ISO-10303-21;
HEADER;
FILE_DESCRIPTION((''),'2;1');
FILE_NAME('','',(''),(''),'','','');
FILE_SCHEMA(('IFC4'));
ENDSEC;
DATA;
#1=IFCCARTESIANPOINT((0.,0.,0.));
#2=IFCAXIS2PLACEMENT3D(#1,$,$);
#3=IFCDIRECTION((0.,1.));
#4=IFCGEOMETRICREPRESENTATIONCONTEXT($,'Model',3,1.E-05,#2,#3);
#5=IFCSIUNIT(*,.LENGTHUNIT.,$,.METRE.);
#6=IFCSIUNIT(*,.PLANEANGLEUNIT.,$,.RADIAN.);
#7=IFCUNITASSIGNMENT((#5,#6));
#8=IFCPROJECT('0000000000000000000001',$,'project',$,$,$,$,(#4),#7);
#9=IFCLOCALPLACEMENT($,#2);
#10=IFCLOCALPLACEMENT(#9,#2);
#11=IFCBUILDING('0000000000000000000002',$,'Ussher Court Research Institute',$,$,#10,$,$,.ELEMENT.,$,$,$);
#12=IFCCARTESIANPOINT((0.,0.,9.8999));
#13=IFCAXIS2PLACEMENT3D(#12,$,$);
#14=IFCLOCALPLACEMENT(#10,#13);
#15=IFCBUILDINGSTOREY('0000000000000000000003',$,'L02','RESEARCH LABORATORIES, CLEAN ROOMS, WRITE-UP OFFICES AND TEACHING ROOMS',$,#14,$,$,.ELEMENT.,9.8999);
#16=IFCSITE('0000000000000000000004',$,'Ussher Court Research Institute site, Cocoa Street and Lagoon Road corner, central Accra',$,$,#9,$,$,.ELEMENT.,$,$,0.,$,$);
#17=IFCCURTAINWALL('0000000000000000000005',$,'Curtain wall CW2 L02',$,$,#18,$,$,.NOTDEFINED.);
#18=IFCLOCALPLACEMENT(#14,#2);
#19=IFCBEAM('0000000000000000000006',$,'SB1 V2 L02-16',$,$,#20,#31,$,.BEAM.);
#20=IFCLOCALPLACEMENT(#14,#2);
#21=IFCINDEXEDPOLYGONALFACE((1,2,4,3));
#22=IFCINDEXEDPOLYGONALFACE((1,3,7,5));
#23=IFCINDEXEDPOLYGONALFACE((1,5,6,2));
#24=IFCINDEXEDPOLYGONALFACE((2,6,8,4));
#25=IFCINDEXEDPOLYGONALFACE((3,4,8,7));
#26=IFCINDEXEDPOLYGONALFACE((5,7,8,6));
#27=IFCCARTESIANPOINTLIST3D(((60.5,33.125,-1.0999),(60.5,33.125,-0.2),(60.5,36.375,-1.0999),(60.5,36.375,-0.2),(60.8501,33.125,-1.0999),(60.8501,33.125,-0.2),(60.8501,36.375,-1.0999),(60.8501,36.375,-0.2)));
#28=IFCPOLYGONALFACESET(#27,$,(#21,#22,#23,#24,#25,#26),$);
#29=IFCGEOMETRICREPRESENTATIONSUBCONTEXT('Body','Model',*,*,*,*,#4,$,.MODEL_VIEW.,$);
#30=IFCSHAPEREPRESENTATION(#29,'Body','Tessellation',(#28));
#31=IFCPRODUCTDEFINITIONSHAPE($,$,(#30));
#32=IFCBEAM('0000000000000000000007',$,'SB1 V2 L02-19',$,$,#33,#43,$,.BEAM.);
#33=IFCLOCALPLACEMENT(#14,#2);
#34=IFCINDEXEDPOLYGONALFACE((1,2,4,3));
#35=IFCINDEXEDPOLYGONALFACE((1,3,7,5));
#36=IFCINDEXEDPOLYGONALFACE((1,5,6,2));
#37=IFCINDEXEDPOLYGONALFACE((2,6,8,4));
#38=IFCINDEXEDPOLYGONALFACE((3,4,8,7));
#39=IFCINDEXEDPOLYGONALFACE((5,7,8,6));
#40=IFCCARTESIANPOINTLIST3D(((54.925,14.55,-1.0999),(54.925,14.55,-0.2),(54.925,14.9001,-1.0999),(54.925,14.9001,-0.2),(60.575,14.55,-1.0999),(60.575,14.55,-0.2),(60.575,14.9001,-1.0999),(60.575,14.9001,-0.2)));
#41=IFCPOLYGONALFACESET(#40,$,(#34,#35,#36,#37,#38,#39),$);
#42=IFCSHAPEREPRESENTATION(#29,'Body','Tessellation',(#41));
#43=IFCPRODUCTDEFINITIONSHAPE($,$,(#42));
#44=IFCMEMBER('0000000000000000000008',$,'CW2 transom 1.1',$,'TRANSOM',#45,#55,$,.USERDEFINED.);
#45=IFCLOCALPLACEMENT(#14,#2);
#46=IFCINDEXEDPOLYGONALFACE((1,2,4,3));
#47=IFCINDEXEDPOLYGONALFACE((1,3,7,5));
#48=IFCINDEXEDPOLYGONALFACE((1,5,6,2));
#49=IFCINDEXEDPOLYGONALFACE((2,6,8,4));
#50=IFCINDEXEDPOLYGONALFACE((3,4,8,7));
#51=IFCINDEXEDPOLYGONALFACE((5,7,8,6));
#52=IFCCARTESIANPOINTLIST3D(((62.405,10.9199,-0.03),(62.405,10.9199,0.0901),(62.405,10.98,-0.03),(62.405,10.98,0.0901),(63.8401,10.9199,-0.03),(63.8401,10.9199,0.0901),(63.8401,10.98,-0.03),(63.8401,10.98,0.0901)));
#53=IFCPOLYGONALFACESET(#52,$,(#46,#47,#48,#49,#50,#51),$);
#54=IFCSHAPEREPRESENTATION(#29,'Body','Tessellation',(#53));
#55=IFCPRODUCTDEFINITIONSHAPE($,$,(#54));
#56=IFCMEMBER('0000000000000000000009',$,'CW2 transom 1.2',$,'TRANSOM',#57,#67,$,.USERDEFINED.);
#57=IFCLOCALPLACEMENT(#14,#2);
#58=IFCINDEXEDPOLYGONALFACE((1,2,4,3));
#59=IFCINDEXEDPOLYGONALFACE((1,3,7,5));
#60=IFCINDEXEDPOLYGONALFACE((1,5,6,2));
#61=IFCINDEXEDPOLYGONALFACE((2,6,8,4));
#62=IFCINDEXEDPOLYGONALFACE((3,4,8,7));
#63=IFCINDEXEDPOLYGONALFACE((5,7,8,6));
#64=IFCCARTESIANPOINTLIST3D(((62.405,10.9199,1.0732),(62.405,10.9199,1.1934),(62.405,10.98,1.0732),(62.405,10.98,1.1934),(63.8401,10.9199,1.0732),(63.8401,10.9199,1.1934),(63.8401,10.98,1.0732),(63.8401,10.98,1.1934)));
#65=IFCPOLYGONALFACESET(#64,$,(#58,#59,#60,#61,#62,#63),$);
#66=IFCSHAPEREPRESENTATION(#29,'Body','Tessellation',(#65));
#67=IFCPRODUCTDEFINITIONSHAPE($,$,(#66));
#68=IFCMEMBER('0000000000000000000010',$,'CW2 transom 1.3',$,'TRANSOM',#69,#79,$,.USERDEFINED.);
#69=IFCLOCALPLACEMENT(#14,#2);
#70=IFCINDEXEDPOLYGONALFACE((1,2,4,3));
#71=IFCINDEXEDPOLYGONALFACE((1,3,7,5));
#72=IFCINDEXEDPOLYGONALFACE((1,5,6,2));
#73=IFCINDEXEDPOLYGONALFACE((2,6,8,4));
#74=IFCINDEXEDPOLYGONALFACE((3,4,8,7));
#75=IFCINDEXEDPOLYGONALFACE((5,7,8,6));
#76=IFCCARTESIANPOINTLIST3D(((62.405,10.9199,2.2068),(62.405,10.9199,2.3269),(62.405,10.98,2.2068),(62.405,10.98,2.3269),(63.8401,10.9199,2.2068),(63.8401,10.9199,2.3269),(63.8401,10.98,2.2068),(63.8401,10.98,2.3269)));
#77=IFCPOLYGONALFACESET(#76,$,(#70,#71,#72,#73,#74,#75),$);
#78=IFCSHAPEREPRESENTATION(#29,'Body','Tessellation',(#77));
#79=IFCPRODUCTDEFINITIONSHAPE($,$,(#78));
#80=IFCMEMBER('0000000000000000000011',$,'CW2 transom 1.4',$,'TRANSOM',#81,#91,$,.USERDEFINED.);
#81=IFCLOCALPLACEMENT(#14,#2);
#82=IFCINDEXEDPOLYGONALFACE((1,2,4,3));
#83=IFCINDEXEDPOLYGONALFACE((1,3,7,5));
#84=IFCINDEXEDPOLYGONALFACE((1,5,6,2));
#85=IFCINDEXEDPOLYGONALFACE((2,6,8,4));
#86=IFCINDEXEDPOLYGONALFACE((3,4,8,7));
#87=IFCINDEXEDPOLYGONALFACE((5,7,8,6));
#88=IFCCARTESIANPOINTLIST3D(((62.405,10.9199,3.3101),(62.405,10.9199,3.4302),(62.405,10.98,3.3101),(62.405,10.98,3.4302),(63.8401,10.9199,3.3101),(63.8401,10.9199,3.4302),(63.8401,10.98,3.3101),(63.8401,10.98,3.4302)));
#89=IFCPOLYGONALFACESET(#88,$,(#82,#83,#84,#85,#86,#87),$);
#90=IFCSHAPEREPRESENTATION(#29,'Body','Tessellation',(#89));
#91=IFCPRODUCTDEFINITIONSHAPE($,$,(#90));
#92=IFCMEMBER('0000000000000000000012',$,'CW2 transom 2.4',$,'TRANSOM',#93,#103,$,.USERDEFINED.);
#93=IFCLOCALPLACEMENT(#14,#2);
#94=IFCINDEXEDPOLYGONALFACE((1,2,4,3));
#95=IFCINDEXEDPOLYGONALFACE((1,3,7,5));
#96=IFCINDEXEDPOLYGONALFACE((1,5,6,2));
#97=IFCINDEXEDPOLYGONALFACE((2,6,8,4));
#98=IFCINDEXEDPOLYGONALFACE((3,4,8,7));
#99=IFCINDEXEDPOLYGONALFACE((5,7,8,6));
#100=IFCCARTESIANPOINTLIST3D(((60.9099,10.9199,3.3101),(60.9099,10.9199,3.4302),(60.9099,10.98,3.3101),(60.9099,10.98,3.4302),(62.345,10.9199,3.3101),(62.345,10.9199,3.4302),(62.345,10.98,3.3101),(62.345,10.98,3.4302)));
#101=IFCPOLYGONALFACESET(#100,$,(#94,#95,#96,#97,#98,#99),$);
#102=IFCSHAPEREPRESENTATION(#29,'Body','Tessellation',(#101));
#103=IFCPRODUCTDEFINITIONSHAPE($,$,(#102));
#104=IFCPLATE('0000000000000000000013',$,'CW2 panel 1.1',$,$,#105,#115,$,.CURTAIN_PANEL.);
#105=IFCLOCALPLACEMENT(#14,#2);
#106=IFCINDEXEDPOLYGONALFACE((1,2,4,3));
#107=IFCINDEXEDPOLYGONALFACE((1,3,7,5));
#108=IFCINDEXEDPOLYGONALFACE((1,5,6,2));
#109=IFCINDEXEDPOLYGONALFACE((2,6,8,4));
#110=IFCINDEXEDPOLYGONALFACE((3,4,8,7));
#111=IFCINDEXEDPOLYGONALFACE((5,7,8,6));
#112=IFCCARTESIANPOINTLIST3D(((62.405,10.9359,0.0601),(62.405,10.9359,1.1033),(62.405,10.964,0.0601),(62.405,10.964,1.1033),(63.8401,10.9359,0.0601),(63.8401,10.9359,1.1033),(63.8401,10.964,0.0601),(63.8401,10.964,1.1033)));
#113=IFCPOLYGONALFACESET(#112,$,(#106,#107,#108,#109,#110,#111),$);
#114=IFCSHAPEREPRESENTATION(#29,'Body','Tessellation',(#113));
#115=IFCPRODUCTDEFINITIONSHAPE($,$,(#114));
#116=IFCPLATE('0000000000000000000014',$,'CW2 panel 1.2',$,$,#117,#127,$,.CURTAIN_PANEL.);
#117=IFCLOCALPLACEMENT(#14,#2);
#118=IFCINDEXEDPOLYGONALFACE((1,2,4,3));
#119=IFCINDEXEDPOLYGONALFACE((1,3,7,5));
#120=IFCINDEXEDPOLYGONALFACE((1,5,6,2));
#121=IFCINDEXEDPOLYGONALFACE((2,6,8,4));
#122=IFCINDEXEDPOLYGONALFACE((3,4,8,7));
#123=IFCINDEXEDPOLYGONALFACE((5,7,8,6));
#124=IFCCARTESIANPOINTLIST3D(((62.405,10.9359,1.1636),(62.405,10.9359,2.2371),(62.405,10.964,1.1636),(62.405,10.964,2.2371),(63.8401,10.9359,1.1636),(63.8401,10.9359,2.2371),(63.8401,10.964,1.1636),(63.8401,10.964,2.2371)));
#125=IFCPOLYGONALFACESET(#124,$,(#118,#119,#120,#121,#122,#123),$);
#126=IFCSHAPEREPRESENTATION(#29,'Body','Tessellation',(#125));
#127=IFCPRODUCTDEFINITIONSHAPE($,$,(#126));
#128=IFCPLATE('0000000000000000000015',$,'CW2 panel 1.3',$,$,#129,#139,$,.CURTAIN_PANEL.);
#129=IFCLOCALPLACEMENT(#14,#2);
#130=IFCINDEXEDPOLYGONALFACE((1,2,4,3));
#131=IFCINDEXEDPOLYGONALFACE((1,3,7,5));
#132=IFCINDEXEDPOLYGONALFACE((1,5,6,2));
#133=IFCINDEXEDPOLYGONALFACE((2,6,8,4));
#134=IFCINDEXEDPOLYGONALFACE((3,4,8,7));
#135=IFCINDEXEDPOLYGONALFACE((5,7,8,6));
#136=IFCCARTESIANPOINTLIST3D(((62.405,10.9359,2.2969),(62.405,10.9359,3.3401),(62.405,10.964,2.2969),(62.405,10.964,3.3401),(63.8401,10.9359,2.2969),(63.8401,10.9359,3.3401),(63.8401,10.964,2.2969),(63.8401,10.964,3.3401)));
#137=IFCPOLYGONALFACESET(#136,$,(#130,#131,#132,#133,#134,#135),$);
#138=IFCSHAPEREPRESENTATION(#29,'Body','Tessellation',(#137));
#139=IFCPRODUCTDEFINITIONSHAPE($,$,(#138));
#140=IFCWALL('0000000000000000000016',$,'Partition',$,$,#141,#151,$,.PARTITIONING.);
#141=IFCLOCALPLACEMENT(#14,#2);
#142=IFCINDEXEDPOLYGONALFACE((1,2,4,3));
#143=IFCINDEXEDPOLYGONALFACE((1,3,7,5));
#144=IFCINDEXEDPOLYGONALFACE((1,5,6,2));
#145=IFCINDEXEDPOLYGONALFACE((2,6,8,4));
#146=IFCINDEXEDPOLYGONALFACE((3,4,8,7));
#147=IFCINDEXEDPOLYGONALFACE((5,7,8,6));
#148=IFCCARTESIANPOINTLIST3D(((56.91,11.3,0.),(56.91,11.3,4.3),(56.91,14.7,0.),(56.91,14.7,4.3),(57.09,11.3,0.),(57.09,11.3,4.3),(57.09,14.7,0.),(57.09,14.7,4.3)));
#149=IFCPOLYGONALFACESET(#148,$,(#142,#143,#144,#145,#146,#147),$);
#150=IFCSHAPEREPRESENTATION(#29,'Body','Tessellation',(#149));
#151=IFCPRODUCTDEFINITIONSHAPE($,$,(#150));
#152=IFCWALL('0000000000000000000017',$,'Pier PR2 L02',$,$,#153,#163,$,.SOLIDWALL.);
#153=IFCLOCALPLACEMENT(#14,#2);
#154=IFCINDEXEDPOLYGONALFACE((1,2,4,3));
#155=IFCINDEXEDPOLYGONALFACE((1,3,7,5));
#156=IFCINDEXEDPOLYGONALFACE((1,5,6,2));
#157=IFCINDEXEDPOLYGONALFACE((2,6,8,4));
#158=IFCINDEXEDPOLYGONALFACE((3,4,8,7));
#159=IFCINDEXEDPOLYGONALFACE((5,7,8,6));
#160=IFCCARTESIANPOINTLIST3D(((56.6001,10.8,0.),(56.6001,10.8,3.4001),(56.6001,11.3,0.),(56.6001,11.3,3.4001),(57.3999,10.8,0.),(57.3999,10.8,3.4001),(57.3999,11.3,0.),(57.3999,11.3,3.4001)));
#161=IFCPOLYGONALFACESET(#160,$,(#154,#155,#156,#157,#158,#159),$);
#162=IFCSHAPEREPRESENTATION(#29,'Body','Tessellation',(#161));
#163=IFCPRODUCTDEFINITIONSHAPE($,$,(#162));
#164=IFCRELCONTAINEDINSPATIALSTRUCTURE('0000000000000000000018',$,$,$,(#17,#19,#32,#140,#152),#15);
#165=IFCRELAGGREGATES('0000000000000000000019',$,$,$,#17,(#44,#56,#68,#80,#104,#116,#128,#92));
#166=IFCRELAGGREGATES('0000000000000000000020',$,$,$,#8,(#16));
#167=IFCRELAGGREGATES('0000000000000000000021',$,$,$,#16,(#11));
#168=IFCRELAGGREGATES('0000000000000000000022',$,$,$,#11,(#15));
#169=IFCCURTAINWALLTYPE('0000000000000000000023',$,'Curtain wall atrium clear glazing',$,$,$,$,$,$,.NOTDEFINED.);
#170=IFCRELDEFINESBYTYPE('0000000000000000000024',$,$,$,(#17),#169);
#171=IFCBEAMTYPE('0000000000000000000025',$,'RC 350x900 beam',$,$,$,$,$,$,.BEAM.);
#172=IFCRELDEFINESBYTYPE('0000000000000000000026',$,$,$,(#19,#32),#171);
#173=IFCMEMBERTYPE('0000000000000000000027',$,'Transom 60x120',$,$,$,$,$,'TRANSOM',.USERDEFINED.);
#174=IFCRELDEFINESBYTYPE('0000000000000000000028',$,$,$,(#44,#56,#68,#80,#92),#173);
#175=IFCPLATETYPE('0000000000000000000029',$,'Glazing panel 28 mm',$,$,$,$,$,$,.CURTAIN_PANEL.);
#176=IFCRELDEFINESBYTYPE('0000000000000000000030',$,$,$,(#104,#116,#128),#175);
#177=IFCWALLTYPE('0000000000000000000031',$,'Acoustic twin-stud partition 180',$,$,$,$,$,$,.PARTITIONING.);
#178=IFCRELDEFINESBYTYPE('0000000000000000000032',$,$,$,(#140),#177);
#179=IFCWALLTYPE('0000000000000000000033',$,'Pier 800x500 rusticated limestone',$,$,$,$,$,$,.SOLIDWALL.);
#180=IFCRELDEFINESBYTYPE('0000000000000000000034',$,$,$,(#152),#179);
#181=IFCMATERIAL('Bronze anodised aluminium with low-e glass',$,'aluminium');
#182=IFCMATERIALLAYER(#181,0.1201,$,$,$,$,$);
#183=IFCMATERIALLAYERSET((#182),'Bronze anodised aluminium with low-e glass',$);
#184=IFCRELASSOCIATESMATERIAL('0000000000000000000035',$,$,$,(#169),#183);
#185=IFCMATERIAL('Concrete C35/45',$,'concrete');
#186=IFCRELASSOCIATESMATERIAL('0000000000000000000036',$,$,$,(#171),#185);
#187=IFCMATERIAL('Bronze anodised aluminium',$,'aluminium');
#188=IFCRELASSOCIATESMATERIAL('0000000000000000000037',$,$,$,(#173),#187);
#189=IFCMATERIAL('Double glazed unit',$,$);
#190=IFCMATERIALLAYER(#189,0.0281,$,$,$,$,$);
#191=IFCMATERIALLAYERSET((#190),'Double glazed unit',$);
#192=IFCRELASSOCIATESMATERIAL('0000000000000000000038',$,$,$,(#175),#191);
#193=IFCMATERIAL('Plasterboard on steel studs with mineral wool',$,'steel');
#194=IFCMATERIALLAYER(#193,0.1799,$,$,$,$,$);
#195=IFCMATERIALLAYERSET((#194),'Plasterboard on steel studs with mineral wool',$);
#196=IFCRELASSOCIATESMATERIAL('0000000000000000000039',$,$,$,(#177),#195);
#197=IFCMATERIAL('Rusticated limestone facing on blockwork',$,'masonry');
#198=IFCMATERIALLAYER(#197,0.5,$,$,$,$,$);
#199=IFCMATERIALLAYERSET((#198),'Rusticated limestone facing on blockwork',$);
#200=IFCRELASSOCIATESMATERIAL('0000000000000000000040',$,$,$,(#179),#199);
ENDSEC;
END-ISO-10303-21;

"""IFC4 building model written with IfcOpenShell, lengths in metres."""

from ifc_helpers import new_model, si_unit, direction, frame, frame_2d, origin, origin_2d, place, context, subcontext, project, spatial, rectangle, extrude, material, layer, layer_set, material_profile, profile_set, type_object, element, aggregate, save


model = new_model("IFC4")

# Units and contexts
model_context = context("Model", 3, precision=1e-05, world=origin(), true_north=direction((0.0, 1.0)))
body_context = subcontext(model_context, "Body", "Model", "MODEL_VIEW")
ifc_project = project(units=[si_unit("LENGTHUNIT", "METRE"), si_unit("PLANEANGLEUNIT", "RADIAN")], contexts=[model_context])

# Site, building, storey
site_placement = place(None, origin())
site = spatial("IfcSite", under=ifc_project, at=site_placement, Name="Ussher Court Research Institute site, Cocoa Street and Lagoon Road corner, central Accra", CompositionType="ELEMENT", RefElevation=0.0)
building_placement = place(site_placement, origin())
building = spatial("IfcBuilding", under=site, at=building_placement, Name="Ussher Court Research Institute", CompositionType="ELEMENT")
storey_placement = place(building_placement, frame((0.0, 0.0, 9.8999)))
storey = spatial("IfcBuildingStorey", under=building, at=storey_placement, Name="L02", Description="RESEARCH LABORATORIES, CLEAN ROOMS, WRITE-UP OFFICES AND TEACHING ROOMS", CompositionType="ELEMENT", Elevation=9.8999)

# Curtain wall
ifc_material_1 = material(Name="Bronze anodised aluminium with low-e glass", Category="aluminium")
ifc_layer_1 = layer(ifc_material_1, 0.1201)
ifc_layer_set_1 = layer_set([ifc_layer_1], Name="Bronze anodised aluminium with low-e glass")
curtain_wall_type = type_object("IfcCurtainWallType", Name="Curtain wall atrium clear glazing", PredefinedType="NOTDEFINED", material=ifc_layer_set_1)
curtain_wall_placement = place(storey_placement, origin())
curtain_wall = element("IfcCurtainWall", 1, at=curtain_wall_placement, inside=storey, type_object=curtain_wall_type, Name="Curtain wall CW2 L02", PredefinedType="NOTDEFINED")

# Beams
ifc_material_2 = material(Name="Concrete C35/45", Category="concrete")
ifc_material_profile_1 = material_profile(ifc_material_2, rectangle(XDim=0.3501, YDim=0.8999, at=origin_2d()), Name="RC 350x900")
ifc_profile_set_1 = profile_set([ifc_material_profile_1], Name="Concrete C35/45")
beam_type = type_object("IfcBeamType", Name="RC 350x900 beam", PredefinedType="BEAM", material=ifc_profile_set_1)
beam_1_placement = place(storey_placement, frame((60.675, 33.125, -0.6499), z_axis=(0.0, 1.0, 0.0), x_axis=(-1.0, 0.0, 0.0)))
element("IfcBeam", 2, at=beam_1_placement, inside=storey, type_object=beam_type, Name="SB1 V2 L02-16", PredefinedType="BEAM", context=body_context, shape_type="SweptSolid", body=[
    extrude(rectangle(XDim=0.3501, YDim=0.8999, at=origin_2d()), origin(), (0.0, 0.0, 1.0), 3.25),
])
beam_2_placement = place(storey_placement, frame((54.925, 14.7251, -0.6499), z_axis=(1.0, 0.0, 0.0), x_axis=(0.0, 1.0, 0.0)))
element("IfcBeam", 3, at=beam_2_placement, inside=storey, type_object=beam_type, Name="SB1 V2 L02-19", PredefinedType="BEAM", context=body_context, shape_type="SweptSolid", body=[
    extrude(rectangle(XDim=0.3501, YDim=0.8999, at=origin_2d()), origin(), (0.0, 0.0, 1.0), 5.6499),
])

# Members
ifc_material_3 = material(Name="Bronze anodised aluminium", Category="aluminium")
ifc_material_profile_2 = material_profile(ifc_material_3, rectangle(XDim=0.0601, YDim=0.1201, at=origin_2d()), Name="Transom 60x120")
ifc_profile_set_2 = profile_set([ifc_material_profile_2], Name="Bronze anodised aluminium")
member_type_1 = type_object("IfcMemberType", Name="Transom 60x120", ElementType="TRANSOM", PredefinedType="USERDEFINED", material=ifc_profile_set_2)
member_1_placement = place(storey_placement, frame((63.8401, 10.95, 0.03), z_axis=(-1.0, 0.0, 0.0), x_axis=(0.0, -1.0, 0.0)))
member_1 = element("IfcMember", 4, at=member_1_placement, type_object=member_type_1, Name="CW2 transom 1.1", ObjectType="TRANSOM", PredefinedType="USERDEFINED", context=body_context, shape_type="SweptSolid", body=[
    extrude(rectangle(XDim=0.0601, YDim=0.1201, at=origin_2d()), origin(), (0.0, 0.0, 1.0), 1.4351),
])
member_2_placement = place(storey_placement, frame((63.8401, 10.95, 1.1333), z_axis=(-1.0, 0.0, 0.0), x_axis=(0.0, -1.0, 0.0)))
member_2 = element("IfcMember", 5, at=member_2_placement, type_object=member_type_1, Name="CW2 transom 1.2", ObjectType="TRANSOM", PredefinedType="USERDEFINED", context=body_context, shape_type="SweptSolid", body=[
    extrude(rectangle(XDim=0.0601, YDim=0.1201, at=origin_2d()), origin(), (0.0, 0.0, 1.0), 1.4351),
])
member_3_placement = place(storey_placement, frame((63.8401, 10.95, 2.2668), z_axis=(-1.0, 0.0, 0.0), x_axis=(0.0, -1.0, 0.0)))
member_3 = element("IfcMember", 6, at=member_3_placement, type_object=member_type_1, Name="CW2 transom 1.3", ObjectType="TRANSOM", PredefinedType="USERDEFINED", context=body_context, shape_type="SweptSolid", body=[
    extrude(rectangle(XDim=0.0601, YDim=0.1201, at=origin_2d()), origin(), (0.0, 0.0, 1.0), 1.4351),
])
member_4_placement = place(storey_placement, frame((63.8401, 10.95, 3.3701), z_axis=(-1.0, 0.0, 0.0), x_axis=(0.0, -1.0, 0.0)))
member_4 = element("IfcMember", 7, at=member_4_placement, type_object=member_type_1, Name="CW2 transom 1.4", ObjectType="TRANSOM", PredefinedType="USERDEFINED", context=body_context, shape_type="SweptSolid", body=[
    extrude(rectangle(XDim=0.0601, YDim=0.1201, at=origin_2d()), origin(), (0.0, 0.0, 1.0), 1.4351),
])
member_5_placement = place(storey_placement, frame((62.345, 10.95, 3.3701), z_axis=(-1.0, 0.0, 0.0), x_axis=(0.0, -1.0, 0.0)))
member_5 = element("IfcMember", 8, at=member_5_placement, type_object=member_type_1, Name="CW2 transom 2.4", ObjectType="TRANSOM", PredefinedType="USERDEFINED", context=body_context, shape_type="SweptSolid", body=[
    extrude(rectangle(XDim=0.0601, YDim=0.1201, at=origin_2d()), origin(), (0.0, 0.0, 1.0), 1.4351),
])

# Plates
ifc_material_4 = material(Name="Double glazed unit")
ifc_layer_2 = layer(ifc_material_4, 0.0281)
ifc_layer_set_2 = layer_set([ifc_layer_2], Name="Double glazed unit")
plate_type = type_object("IfcPlateType", Name="Glazing panel 28 mm", PredefinedType="CURTAIN_PANEL", material=ifc_layer_set_2)
plate_1_placement = place(storey_placement, frame((63.1226, 10.95, 0.0601), z_axis=(0.0, 0.0, 1.0), x_axis=(-1.0, 0.0, 0.0)))
plate_1 = element("IfcPlate", 9, at=plate_1_placement, type_object=plate_type, Name="CW2 panel 1.1", PredefinedType="CURTAIN_PANEL", context=body_context, shape_type="SweptSolid", body=[
    extrude(rectangle(XDim=1.4351, YDim=0.0281, at=origin_2d()), origin(), (0.0, 0.0, 1.0), 1.0432),
])
plate_2_placement = place(storey_placement, frame((63.1226, 10.95, 1.1636), z_axis=(0.0, 0.0, 1.0), x_axis=(-1.0, 0.0, 0.0)))
plate_2 = element("IfcPlate", 10, at=plate_2_placement, type_object=plate_type, Name="CW2 panel 1.2", PredefinedType="CURTAIN_PANEL", context=body_context, shape_type="SweptSolid", body=[
    extrude(rectangle(XDim=1.4351, YDim=0.0281, at=origin_2d()), origin(), (0.0, 0.0, 1.0), 1.0735),
])
plate_3_placement = place(storey_placement, frame((63.1226, 10.95, 2.2969), z_axis=(0.0, 0.0, 1.0), x_axis=(-1.0, 0.0, 0.0)))
plate_3 = element("IfcPlate", 11, at=plate_3_placement, type_object=plate_type, Name="CW2 panel 1.3", PredefinedType="CURTAIN_PANEL", context=body_context, shape_type="SweptSolid", body=[
    extrude(rectangle(XDim=1.4351, YDim=0.0281, at=origin_2d()), origin(), (0.0, 0.0, 1.0), 1.0432),
])
aggregate(curtain_wall, [member_1, member_2, member_3, member_4, plate_1, plate_2, plate_3, member_5])

# Walls
ifc_material_5 = material(Name="Plasterboard on steel studs with mineral wool", Category="steel")
ifc_layer_3 = layer(ifc_material_5, 0.1799)
ifc_layer_set_3 = layer_set([ifc_layer_3], Name="Plasterboard on steel studs with mineral wool")
wall_type_1 = type_object("IfcWallType", Name="Acoustic twin-stud partition 180", PredefinedType="PARTITIONING", material=ifc_layer_set_3)
wall_1_placement = place(storey_placement, frame((57.0, 11.3, 0.0), z_axis=(0.0, 0.0, 1.0), x_axis=(0.0, 1.0, 0.0)))
element("IfcWall", 12, at=wall_1_placement, inside=storey, type_object=wall_type_1, Name="Partition", PredefinedType="PARTITIONING", context=body_context, shape_type="SweptSolid", body=[
    extrude(rectangle(XDim=3.3999, YDim=0.1799, at=frame_2d((1.7, 0.0))), origin(), (0.0, 0.0, 1.0), 4.3),
])
ifc_material_6 = material(Name="Rusticated limestone facing on blockwork", Category="masonry")
ifc_layer_4 = layer(ifc_material_6, 0.5)
ifc_layer_set_4 = layer_set([ifc_layer_4], Name="Rusticated limestone facing on blockwork")
wall_type_2 = type_object("IfcWallType", Name="Pier 800x500 rusticated limestone", PredefinedType="SOLIDWALL", material=ifc_layer_set_4)
wall_2_placement = place(storey_placement, frame((57.3999, 11.05, 0.0), z_axis=(0.0, 0.0, 1.0), x_axis=(-1.0, 0.0, 0.0)))
element("IfcWall", 13, at=wall_2_placement, inside=storey, type_object=wall_type_2, Name="Pier PR2 L02", PredefinedType="SOLIDWALL", context=body_context, shape_type="SweptSolid", body=[
    extrude(rectangle(XDim=0.7998, YDim=0.5, at=frame_2d((0.3999, 0.0))), origin(), (0.0, 0.0, 1.0), 3.4001),
])

save(model, "model.ifc")
